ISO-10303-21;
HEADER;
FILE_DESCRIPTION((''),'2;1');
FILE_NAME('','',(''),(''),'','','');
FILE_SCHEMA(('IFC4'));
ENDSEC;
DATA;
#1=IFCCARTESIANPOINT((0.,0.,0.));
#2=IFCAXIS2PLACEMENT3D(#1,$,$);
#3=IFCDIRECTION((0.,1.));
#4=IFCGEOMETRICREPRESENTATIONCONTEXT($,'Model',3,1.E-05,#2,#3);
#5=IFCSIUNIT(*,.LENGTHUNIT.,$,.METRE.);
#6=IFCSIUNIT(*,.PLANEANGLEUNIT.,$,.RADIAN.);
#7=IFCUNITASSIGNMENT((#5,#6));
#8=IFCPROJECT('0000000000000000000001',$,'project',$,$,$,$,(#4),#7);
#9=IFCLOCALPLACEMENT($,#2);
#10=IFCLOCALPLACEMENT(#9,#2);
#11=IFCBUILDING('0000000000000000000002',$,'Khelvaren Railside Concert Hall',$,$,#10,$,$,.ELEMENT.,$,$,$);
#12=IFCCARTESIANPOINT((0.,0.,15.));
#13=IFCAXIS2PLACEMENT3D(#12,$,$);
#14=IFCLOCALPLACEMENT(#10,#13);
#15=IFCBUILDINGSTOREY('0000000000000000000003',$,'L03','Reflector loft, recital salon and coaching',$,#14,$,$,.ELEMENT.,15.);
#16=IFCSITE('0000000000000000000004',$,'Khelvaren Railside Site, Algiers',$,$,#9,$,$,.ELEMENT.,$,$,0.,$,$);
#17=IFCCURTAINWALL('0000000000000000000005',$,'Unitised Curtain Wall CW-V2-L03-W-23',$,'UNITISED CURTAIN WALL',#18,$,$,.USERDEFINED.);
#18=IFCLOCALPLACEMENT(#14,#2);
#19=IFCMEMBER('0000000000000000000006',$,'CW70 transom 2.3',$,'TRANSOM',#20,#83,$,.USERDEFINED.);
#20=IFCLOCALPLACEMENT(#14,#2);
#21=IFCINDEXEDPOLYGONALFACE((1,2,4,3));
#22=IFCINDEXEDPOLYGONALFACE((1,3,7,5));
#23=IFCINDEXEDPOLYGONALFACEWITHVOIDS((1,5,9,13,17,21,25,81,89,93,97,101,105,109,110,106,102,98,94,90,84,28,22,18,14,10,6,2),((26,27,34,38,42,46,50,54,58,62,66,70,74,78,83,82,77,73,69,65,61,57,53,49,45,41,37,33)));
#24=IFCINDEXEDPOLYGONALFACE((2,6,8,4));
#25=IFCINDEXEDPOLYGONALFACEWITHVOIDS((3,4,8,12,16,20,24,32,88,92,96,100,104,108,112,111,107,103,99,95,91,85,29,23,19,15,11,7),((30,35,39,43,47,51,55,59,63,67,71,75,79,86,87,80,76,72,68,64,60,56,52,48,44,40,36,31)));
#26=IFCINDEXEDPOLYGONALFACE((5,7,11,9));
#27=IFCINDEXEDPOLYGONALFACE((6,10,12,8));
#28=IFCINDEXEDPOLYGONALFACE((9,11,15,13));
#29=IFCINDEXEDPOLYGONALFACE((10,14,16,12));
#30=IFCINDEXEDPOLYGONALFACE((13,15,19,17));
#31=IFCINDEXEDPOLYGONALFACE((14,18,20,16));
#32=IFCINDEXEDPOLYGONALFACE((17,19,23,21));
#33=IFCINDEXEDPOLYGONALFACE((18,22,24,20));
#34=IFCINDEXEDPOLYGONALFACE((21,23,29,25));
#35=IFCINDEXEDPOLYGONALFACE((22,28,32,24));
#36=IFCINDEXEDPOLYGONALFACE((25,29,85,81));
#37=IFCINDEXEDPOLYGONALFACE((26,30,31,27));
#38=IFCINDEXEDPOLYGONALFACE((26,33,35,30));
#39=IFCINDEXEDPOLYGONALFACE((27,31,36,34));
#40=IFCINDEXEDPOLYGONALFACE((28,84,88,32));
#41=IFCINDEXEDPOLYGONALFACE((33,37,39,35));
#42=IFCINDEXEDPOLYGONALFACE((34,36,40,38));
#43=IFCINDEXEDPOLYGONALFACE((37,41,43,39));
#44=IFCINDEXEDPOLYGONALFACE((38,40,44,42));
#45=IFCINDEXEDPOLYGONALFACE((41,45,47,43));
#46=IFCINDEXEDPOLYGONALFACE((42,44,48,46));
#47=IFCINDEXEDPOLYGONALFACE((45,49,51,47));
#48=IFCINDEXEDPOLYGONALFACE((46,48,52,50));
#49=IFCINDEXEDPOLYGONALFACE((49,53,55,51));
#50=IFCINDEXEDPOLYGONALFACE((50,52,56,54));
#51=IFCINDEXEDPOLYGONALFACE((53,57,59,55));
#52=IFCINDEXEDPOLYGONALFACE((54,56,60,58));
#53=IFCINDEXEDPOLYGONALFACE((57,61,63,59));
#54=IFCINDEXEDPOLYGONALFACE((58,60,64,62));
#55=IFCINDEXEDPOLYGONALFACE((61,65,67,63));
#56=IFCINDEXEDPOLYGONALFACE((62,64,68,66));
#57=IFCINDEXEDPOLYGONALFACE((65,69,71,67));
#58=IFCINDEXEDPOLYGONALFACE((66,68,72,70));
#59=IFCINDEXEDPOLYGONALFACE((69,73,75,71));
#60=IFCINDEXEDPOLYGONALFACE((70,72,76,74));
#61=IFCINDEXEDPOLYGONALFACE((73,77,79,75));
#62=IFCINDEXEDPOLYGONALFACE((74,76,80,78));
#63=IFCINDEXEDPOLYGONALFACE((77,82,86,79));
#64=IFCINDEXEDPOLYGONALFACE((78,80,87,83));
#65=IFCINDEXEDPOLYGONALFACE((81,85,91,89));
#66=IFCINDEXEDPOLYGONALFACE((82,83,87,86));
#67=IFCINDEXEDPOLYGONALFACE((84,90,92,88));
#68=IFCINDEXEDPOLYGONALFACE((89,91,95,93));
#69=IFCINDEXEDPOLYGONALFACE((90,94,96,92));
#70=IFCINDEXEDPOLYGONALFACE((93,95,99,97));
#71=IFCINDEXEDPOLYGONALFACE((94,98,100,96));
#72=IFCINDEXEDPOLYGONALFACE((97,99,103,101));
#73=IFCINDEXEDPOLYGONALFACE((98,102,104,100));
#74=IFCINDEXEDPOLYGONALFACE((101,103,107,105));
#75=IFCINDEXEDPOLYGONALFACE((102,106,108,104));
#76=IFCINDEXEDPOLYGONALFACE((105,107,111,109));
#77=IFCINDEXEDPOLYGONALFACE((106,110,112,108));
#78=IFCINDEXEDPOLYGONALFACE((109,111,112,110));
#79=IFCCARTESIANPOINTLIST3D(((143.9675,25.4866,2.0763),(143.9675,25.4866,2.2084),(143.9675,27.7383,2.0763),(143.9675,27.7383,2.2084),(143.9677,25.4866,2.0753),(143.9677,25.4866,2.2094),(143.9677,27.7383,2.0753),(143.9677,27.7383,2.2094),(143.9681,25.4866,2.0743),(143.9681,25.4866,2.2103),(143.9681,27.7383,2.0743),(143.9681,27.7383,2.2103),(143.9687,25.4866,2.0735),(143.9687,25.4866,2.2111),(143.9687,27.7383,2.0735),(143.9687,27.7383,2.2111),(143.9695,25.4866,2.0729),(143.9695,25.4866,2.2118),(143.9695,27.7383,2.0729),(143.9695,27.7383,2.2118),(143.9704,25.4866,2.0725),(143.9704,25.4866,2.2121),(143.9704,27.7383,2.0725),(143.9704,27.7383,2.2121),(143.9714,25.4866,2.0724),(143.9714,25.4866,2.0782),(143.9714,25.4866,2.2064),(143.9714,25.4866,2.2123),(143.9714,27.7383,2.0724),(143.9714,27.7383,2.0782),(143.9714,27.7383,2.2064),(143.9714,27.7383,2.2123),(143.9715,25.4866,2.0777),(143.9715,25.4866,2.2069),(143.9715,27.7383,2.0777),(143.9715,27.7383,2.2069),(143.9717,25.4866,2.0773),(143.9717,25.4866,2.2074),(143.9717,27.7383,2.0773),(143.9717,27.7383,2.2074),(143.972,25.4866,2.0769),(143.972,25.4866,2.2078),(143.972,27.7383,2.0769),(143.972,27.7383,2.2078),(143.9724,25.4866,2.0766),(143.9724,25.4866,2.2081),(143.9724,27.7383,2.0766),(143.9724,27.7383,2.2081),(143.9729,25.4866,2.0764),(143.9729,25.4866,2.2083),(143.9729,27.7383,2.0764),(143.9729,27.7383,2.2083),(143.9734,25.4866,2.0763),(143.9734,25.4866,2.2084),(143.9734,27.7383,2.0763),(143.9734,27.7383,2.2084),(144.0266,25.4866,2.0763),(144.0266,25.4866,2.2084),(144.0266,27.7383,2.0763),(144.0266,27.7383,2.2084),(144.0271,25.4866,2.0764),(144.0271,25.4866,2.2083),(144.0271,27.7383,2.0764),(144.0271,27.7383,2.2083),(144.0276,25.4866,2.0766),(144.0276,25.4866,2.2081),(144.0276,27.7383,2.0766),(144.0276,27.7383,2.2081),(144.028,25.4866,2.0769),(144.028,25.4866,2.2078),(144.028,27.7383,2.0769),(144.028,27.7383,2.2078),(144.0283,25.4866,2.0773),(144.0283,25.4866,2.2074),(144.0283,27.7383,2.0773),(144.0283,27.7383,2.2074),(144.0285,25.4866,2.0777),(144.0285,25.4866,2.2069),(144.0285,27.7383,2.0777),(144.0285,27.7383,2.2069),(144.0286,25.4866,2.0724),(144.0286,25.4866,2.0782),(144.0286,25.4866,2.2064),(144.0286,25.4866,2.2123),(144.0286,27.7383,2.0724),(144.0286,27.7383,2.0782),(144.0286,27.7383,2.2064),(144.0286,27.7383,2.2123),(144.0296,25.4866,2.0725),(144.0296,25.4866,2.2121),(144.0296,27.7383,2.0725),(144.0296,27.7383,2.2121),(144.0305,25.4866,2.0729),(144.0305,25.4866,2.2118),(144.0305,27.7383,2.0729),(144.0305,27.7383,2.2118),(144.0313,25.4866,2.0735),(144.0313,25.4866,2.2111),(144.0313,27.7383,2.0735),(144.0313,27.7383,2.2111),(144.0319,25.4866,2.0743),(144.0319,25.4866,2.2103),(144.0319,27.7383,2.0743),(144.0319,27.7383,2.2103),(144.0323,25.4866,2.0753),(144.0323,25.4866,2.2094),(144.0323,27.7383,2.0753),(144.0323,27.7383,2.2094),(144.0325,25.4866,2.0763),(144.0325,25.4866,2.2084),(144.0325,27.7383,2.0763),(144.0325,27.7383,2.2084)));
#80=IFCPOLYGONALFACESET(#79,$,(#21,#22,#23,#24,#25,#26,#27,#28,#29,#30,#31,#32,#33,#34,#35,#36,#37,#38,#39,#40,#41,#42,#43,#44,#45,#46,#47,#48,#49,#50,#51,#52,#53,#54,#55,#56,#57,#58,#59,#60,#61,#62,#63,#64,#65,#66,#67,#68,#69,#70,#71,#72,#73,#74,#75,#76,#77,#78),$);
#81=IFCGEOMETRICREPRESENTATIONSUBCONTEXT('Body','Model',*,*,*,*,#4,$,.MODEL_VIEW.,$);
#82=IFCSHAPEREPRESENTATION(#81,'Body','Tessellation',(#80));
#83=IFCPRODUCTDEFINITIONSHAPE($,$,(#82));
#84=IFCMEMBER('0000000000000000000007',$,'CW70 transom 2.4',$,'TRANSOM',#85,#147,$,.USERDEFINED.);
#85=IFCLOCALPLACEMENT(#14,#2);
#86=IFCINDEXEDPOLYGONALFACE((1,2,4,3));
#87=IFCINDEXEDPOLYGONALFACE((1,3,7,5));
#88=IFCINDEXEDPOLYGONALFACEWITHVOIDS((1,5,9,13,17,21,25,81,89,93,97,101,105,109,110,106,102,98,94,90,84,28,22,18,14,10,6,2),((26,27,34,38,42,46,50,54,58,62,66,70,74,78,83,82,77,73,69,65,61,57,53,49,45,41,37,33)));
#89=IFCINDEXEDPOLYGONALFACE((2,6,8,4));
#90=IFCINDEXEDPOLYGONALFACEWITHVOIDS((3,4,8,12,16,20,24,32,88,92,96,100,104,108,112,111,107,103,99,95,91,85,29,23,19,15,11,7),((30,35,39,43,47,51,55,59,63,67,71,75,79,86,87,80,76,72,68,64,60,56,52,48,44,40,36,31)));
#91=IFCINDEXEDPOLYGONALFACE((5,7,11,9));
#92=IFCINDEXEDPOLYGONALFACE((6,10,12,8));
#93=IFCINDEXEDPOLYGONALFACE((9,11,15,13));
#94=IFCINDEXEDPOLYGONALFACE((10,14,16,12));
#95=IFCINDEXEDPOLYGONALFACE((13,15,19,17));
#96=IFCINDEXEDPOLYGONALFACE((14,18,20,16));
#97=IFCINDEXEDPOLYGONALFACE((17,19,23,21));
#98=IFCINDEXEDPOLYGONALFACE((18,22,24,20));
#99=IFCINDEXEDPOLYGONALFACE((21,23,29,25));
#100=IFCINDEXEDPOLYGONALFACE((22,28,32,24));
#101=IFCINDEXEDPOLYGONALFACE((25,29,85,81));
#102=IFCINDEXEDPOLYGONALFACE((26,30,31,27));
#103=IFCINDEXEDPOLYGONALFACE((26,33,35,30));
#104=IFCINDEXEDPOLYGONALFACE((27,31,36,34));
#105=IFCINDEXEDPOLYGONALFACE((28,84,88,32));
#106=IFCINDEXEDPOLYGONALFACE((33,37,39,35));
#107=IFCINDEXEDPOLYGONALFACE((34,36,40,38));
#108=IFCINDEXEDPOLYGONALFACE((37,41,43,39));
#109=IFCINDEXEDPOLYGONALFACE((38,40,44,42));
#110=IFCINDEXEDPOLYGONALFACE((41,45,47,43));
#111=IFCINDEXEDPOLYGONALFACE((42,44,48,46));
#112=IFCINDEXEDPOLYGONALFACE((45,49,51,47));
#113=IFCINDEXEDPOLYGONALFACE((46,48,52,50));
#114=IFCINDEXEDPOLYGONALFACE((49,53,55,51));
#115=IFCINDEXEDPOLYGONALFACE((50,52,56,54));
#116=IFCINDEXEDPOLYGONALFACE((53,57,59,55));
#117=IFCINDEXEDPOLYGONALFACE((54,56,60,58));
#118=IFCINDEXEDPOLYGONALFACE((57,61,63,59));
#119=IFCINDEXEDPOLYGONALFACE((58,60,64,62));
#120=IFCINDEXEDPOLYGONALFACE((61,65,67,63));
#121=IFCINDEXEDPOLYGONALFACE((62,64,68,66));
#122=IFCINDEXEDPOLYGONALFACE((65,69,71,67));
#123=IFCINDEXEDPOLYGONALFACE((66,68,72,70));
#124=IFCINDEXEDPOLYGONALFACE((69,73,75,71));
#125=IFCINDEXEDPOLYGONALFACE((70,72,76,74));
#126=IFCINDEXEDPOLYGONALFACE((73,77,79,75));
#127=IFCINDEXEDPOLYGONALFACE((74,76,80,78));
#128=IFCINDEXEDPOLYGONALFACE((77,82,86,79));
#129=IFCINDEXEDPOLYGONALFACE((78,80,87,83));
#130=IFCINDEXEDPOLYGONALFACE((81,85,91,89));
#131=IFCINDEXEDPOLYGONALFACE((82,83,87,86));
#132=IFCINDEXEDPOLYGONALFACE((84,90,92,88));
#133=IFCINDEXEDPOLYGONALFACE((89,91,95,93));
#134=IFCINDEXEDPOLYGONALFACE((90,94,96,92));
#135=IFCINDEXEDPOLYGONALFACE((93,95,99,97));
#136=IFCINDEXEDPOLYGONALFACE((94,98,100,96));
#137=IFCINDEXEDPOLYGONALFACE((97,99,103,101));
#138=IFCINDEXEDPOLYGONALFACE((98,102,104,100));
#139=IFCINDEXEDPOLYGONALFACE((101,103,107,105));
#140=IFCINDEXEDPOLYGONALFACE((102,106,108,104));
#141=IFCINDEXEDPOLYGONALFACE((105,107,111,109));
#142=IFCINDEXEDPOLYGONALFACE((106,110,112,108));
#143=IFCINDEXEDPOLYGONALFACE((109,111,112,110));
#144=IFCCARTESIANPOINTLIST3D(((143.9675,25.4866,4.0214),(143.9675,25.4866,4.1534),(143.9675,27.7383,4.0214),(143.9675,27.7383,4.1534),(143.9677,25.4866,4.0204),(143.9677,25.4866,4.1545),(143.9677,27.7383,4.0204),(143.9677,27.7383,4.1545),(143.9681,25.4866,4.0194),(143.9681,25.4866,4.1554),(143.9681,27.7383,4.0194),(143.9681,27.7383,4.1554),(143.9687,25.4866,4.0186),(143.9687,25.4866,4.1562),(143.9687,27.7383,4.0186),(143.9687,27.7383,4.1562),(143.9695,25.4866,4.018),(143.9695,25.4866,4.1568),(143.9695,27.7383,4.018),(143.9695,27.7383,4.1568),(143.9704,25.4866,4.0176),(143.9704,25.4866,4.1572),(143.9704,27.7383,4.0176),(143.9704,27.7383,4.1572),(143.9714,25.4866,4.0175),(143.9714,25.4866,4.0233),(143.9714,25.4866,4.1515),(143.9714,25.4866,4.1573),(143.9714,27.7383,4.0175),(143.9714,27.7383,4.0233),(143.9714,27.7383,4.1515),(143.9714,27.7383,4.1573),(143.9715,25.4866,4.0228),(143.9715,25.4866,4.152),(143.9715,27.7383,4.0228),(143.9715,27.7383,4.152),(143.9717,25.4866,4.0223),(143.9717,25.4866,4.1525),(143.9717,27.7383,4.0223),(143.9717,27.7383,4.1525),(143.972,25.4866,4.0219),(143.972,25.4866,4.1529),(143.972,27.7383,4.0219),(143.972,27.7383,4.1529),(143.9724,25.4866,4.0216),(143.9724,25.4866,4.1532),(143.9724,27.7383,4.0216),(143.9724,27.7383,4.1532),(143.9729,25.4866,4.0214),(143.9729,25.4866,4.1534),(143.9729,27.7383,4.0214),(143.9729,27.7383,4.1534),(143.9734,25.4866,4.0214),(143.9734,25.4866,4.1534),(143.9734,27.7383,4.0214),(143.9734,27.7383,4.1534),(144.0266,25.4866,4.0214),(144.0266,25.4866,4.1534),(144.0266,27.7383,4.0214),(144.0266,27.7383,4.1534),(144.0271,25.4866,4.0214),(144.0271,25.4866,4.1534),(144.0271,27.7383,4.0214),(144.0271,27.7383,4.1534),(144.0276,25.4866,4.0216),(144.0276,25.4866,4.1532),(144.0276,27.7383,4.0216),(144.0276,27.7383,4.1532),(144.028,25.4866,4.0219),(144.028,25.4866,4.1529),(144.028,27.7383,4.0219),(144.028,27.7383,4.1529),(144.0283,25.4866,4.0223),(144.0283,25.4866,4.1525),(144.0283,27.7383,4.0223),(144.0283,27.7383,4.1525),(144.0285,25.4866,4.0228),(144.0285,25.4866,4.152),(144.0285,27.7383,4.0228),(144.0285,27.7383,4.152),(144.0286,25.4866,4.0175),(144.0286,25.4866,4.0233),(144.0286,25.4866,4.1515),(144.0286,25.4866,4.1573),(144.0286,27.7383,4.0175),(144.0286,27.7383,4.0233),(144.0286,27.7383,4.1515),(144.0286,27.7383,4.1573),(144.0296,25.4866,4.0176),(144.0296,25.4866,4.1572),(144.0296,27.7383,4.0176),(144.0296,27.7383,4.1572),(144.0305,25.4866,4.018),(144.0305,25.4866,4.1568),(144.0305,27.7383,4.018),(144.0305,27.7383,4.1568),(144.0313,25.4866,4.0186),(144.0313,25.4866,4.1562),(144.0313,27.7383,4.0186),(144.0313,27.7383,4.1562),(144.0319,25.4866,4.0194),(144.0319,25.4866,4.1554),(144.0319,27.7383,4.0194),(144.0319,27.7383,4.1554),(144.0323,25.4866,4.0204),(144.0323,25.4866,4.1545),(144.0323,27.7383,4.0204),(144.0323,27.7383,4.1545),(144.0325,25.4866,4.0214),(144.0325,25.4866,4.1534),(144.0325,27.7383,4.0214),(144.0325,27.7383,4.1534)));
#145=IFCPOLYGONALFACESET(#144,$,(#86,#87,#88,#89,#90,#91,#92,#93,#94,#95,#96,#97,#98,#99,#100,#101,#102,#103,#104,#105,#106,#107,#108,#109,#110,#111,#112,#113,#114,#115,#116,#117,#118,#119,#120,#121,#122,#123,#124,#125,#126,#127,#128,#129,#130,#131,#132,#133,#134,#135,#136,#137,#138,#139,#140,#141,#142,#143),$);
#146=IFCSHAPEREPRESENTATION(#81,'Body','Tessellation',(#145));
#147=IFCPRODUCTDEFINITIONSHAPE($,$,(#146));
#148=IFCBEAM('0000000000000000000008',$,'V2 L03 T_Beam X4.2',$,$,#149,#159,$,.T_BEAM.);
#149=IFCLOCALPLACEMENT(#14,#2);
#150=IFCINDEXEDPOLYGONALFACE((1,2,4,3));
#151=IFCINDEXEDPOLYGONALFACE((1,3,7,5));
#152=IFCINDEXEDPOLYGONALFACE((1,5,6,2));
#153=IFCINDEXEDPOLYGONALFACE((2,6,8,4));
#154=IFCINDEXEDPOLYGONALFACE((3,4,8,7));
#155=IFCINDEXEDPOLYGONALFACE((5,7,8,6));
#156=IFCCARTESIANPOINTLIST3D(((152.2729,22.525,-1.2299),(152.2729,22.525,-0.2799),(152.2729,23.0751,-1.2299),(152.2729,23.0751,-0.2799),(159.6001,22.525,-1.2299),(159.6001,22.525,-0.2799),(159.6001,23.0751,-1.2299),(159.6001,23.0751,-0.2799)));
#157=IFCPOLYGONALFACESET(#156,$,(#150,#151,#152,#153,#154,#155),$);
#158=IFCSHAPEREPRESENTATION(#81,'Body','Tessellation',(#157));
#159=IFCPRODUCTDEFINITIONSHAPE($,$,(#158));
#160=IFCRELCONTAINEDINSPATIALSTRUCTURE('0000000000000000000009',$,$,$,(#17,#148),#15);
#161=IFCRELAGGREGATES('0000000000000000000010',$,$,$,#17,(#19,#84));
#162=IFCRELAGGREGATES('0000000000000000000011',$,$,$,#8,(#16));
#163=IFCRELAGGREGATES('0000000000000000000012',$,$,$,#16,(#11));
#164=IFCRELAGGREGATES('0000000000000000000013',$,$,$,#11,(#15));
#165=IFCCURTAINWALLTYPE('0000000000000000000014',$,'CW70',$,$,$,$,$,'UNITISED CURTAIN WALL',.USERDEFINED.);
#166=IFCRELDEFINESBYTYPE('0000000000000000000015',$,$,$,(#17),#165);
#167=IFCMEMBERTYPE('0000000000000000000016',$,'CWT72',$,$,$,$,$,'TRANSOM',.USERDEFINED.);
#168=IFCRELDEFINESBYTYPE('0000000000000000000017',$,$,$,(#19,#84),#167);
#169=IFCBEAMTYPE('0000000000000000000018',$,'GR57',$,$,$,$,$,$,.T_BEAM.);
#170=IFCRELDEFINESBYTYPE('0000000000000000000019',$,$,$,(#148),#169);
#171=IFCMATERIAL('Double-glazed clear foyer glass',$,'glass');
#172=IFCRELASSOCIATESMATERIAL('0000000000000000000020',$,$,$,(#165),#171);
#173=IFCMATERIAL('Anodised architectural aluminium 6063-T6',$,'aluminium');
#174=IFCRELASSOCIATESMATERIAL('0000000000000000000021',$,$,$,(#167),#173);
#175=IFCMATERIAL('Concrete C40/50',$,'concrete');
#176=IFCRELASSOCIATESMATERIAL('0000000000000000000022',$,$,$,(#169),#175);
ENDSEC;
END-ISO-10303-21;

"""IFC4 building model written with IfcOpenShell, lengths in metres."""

from ifc_helpers import new_model, si_unit, direction, frame, origin, origin_2d, place, context, subcontext, project, spatial, rectangle, hollow_rectangle, extrude, material, material_profile, profile_set, type_object, element, aggregate, save


model = new_model("IFC4")

# Units and contexts
model_context = context("Model", 3, precision=1e-05, world=origin(), true_north=direction((0.0, 1.0)))
body_context = subcontext(model_context, "Body", "Model", "MODEL_VIEW")
ifc_project = project(units=[si_unit("LENGTHUNIT", "METRE"), si_unit("PLANEANGLEUNIT", "RADIAN")], contexts=[model_context])

# Site, building, storey
site_placement = place(None, origin())
site = spatial("IfcSite", under=ifc_project, at=site_placement, Name="Khelvaren Railside Site, Algiers", CompositionType="ELEMENT", RefElevation=0.0)
building_placement = place(site_placement, origin())
building = spatial("IfcBuilding", under=site, at=building_placement, Name="Khelvaren Railside Concert Hall", CompositionType="ELEMENT")
storey_placement = place(building_placement, frame((0.0, 0.0, 15.0)))
storey = spatial("IfcBuildingStorey", under=building, at=storey_placement, Name="L03", Description="Reflector loft, recital salon and coaching", CompositionType="ELEMENT", Elevation=15.0)

# Shared definitions
ifc_material_1 = material(Name="Concrete C40/50", Category="concrete")

# Curtain wall, members
ifc_material_2 = material(Name="Double-glazed clear foyer glass", Category="glass")
curtain_wall_type = type_object("IfcCurtainWallType", Name="CW70", ElementType="UNITISED CURTAIN WALL", PredefinedType="USERDEFINED", material=ifc_material_2)
curtain_wall_placement = place(storey_placement, origin())
curtain_wall = element("IfcCurtainWall", 1, at=curtain_wall_placement, inside=storey, type_object=curtain_wall_type, Name="Unitised Curtain Wall CW-V2-L03-W-23", ObjectType="UNITISED CURTAIN WALL", PredefinedType="USERDEFINED")
ifc_material_3 = material(Name="Anodised architectural aluminium 6063-T6", Category="aluminium")
ifc_material_profile_1 = material_profile(ifc_material_3, hollow_rectangle(XDim=0.0649, YDim=0.1399, WallThickness=0.0039, InnerFilletRadius=0.002, OuterFilletRadius=0.0039, at=origin_2d()), Name="CWT 65x140x4")
ifc_profile_set_1 = profile_set([ifc_material_profile_1], Name="Anodised architectural aluminium 6063-T6")
member_type_1 = type_object("IfcMemberType", Name="CWT72", ElementType="TRANSOM", PredefinedType="USERDEFINED", material=ifc_profile_set_1)
member_1_placement = place(storey_placement, frame((144.0, 25.4866, 2.1423), z_axis=(0.0, 1.0, 0.0), x_axis=(-1.0, 0.0, 0.0)))
member_1 = element("IfcMember", 2, at=member_1_placement, type_object=member_type_1, Name="CW70 transom 2.3", ObjectType="TRANSOM", PredefinedType="USERDEFINED", context=body_context, shape_type="SweptSolid", body=[
    extrude(hollow_rectangle(XDim=0.0649, YDim=0.1399, WallThickness=0.0039, InnerFilletRadius=0.002, OuterFilletRadius=0.0039, at=origin_2d()), origin(), (0.0, 0.0, 1.0), 2.2517),
])
member_2_placement = place(storey_placement, frame((144.0, 25.4866, 4.0874), z_axis=(0.0, 1.0, 0.0), x_axis=(-1.0, 0.0, 0.0)))
member_2 = element("IfcMember", 3, at=member_2_placement, type_object=member_type_1, Name="CW70 transom 2.4", ObjectType="TRANSOM", PredefinedType="USERDEFINED", context=body_context, shape_type="SweptSolid", body=[
    extrude(hollow_rectangle(XDim=0.0649, YDim=0.1399, WallThickness=0.0039, InnerFilletRadius=0.002, OuterFilletRadius=0.0039, at=origin_2d()), origin(), (0.0, 0.0, 1.0), 2.2517),
])

# Beam
ifc_material_profile_2 = material_profile(ifc_material_1, rectangle(XDim=0.55, YDim=0.95, at=origin_2d()), Name="RCB 550x950")
ifc_profile_set_2 = profile_set([ifc_material_profile_2], Name="Concrete C40/50")
beam_type_1 = type_object("IfcBeamType", Name="GR57", PredefinedType="T_BEAM", material=ifc_profile_set_2)
beam_1_placement = place(storey_placement, frame((152.2729, 22.8, -0.7549), z_axis=(1.0, 0.0, 0.0), x_axis=(0.0, 1.0, 0.0)))
element("IfcBeam", 4, at=beam_1_placement, inside=storey, type_object=beam_type_1, Name="V2 L03 T_Beam X4.2", PredefinedType="T_BEAM", context=body_context, shape_type="SweptSolid", body=[
    extrude(rectangle(XDim=0.55, YDim=0.95, at=origin_2d()), origin(), (0.0, 0.0, 1.0), 7.3271),
])

aggregate(curtain_wall, [member_1, member_2])

save(model, "model.ifc")
